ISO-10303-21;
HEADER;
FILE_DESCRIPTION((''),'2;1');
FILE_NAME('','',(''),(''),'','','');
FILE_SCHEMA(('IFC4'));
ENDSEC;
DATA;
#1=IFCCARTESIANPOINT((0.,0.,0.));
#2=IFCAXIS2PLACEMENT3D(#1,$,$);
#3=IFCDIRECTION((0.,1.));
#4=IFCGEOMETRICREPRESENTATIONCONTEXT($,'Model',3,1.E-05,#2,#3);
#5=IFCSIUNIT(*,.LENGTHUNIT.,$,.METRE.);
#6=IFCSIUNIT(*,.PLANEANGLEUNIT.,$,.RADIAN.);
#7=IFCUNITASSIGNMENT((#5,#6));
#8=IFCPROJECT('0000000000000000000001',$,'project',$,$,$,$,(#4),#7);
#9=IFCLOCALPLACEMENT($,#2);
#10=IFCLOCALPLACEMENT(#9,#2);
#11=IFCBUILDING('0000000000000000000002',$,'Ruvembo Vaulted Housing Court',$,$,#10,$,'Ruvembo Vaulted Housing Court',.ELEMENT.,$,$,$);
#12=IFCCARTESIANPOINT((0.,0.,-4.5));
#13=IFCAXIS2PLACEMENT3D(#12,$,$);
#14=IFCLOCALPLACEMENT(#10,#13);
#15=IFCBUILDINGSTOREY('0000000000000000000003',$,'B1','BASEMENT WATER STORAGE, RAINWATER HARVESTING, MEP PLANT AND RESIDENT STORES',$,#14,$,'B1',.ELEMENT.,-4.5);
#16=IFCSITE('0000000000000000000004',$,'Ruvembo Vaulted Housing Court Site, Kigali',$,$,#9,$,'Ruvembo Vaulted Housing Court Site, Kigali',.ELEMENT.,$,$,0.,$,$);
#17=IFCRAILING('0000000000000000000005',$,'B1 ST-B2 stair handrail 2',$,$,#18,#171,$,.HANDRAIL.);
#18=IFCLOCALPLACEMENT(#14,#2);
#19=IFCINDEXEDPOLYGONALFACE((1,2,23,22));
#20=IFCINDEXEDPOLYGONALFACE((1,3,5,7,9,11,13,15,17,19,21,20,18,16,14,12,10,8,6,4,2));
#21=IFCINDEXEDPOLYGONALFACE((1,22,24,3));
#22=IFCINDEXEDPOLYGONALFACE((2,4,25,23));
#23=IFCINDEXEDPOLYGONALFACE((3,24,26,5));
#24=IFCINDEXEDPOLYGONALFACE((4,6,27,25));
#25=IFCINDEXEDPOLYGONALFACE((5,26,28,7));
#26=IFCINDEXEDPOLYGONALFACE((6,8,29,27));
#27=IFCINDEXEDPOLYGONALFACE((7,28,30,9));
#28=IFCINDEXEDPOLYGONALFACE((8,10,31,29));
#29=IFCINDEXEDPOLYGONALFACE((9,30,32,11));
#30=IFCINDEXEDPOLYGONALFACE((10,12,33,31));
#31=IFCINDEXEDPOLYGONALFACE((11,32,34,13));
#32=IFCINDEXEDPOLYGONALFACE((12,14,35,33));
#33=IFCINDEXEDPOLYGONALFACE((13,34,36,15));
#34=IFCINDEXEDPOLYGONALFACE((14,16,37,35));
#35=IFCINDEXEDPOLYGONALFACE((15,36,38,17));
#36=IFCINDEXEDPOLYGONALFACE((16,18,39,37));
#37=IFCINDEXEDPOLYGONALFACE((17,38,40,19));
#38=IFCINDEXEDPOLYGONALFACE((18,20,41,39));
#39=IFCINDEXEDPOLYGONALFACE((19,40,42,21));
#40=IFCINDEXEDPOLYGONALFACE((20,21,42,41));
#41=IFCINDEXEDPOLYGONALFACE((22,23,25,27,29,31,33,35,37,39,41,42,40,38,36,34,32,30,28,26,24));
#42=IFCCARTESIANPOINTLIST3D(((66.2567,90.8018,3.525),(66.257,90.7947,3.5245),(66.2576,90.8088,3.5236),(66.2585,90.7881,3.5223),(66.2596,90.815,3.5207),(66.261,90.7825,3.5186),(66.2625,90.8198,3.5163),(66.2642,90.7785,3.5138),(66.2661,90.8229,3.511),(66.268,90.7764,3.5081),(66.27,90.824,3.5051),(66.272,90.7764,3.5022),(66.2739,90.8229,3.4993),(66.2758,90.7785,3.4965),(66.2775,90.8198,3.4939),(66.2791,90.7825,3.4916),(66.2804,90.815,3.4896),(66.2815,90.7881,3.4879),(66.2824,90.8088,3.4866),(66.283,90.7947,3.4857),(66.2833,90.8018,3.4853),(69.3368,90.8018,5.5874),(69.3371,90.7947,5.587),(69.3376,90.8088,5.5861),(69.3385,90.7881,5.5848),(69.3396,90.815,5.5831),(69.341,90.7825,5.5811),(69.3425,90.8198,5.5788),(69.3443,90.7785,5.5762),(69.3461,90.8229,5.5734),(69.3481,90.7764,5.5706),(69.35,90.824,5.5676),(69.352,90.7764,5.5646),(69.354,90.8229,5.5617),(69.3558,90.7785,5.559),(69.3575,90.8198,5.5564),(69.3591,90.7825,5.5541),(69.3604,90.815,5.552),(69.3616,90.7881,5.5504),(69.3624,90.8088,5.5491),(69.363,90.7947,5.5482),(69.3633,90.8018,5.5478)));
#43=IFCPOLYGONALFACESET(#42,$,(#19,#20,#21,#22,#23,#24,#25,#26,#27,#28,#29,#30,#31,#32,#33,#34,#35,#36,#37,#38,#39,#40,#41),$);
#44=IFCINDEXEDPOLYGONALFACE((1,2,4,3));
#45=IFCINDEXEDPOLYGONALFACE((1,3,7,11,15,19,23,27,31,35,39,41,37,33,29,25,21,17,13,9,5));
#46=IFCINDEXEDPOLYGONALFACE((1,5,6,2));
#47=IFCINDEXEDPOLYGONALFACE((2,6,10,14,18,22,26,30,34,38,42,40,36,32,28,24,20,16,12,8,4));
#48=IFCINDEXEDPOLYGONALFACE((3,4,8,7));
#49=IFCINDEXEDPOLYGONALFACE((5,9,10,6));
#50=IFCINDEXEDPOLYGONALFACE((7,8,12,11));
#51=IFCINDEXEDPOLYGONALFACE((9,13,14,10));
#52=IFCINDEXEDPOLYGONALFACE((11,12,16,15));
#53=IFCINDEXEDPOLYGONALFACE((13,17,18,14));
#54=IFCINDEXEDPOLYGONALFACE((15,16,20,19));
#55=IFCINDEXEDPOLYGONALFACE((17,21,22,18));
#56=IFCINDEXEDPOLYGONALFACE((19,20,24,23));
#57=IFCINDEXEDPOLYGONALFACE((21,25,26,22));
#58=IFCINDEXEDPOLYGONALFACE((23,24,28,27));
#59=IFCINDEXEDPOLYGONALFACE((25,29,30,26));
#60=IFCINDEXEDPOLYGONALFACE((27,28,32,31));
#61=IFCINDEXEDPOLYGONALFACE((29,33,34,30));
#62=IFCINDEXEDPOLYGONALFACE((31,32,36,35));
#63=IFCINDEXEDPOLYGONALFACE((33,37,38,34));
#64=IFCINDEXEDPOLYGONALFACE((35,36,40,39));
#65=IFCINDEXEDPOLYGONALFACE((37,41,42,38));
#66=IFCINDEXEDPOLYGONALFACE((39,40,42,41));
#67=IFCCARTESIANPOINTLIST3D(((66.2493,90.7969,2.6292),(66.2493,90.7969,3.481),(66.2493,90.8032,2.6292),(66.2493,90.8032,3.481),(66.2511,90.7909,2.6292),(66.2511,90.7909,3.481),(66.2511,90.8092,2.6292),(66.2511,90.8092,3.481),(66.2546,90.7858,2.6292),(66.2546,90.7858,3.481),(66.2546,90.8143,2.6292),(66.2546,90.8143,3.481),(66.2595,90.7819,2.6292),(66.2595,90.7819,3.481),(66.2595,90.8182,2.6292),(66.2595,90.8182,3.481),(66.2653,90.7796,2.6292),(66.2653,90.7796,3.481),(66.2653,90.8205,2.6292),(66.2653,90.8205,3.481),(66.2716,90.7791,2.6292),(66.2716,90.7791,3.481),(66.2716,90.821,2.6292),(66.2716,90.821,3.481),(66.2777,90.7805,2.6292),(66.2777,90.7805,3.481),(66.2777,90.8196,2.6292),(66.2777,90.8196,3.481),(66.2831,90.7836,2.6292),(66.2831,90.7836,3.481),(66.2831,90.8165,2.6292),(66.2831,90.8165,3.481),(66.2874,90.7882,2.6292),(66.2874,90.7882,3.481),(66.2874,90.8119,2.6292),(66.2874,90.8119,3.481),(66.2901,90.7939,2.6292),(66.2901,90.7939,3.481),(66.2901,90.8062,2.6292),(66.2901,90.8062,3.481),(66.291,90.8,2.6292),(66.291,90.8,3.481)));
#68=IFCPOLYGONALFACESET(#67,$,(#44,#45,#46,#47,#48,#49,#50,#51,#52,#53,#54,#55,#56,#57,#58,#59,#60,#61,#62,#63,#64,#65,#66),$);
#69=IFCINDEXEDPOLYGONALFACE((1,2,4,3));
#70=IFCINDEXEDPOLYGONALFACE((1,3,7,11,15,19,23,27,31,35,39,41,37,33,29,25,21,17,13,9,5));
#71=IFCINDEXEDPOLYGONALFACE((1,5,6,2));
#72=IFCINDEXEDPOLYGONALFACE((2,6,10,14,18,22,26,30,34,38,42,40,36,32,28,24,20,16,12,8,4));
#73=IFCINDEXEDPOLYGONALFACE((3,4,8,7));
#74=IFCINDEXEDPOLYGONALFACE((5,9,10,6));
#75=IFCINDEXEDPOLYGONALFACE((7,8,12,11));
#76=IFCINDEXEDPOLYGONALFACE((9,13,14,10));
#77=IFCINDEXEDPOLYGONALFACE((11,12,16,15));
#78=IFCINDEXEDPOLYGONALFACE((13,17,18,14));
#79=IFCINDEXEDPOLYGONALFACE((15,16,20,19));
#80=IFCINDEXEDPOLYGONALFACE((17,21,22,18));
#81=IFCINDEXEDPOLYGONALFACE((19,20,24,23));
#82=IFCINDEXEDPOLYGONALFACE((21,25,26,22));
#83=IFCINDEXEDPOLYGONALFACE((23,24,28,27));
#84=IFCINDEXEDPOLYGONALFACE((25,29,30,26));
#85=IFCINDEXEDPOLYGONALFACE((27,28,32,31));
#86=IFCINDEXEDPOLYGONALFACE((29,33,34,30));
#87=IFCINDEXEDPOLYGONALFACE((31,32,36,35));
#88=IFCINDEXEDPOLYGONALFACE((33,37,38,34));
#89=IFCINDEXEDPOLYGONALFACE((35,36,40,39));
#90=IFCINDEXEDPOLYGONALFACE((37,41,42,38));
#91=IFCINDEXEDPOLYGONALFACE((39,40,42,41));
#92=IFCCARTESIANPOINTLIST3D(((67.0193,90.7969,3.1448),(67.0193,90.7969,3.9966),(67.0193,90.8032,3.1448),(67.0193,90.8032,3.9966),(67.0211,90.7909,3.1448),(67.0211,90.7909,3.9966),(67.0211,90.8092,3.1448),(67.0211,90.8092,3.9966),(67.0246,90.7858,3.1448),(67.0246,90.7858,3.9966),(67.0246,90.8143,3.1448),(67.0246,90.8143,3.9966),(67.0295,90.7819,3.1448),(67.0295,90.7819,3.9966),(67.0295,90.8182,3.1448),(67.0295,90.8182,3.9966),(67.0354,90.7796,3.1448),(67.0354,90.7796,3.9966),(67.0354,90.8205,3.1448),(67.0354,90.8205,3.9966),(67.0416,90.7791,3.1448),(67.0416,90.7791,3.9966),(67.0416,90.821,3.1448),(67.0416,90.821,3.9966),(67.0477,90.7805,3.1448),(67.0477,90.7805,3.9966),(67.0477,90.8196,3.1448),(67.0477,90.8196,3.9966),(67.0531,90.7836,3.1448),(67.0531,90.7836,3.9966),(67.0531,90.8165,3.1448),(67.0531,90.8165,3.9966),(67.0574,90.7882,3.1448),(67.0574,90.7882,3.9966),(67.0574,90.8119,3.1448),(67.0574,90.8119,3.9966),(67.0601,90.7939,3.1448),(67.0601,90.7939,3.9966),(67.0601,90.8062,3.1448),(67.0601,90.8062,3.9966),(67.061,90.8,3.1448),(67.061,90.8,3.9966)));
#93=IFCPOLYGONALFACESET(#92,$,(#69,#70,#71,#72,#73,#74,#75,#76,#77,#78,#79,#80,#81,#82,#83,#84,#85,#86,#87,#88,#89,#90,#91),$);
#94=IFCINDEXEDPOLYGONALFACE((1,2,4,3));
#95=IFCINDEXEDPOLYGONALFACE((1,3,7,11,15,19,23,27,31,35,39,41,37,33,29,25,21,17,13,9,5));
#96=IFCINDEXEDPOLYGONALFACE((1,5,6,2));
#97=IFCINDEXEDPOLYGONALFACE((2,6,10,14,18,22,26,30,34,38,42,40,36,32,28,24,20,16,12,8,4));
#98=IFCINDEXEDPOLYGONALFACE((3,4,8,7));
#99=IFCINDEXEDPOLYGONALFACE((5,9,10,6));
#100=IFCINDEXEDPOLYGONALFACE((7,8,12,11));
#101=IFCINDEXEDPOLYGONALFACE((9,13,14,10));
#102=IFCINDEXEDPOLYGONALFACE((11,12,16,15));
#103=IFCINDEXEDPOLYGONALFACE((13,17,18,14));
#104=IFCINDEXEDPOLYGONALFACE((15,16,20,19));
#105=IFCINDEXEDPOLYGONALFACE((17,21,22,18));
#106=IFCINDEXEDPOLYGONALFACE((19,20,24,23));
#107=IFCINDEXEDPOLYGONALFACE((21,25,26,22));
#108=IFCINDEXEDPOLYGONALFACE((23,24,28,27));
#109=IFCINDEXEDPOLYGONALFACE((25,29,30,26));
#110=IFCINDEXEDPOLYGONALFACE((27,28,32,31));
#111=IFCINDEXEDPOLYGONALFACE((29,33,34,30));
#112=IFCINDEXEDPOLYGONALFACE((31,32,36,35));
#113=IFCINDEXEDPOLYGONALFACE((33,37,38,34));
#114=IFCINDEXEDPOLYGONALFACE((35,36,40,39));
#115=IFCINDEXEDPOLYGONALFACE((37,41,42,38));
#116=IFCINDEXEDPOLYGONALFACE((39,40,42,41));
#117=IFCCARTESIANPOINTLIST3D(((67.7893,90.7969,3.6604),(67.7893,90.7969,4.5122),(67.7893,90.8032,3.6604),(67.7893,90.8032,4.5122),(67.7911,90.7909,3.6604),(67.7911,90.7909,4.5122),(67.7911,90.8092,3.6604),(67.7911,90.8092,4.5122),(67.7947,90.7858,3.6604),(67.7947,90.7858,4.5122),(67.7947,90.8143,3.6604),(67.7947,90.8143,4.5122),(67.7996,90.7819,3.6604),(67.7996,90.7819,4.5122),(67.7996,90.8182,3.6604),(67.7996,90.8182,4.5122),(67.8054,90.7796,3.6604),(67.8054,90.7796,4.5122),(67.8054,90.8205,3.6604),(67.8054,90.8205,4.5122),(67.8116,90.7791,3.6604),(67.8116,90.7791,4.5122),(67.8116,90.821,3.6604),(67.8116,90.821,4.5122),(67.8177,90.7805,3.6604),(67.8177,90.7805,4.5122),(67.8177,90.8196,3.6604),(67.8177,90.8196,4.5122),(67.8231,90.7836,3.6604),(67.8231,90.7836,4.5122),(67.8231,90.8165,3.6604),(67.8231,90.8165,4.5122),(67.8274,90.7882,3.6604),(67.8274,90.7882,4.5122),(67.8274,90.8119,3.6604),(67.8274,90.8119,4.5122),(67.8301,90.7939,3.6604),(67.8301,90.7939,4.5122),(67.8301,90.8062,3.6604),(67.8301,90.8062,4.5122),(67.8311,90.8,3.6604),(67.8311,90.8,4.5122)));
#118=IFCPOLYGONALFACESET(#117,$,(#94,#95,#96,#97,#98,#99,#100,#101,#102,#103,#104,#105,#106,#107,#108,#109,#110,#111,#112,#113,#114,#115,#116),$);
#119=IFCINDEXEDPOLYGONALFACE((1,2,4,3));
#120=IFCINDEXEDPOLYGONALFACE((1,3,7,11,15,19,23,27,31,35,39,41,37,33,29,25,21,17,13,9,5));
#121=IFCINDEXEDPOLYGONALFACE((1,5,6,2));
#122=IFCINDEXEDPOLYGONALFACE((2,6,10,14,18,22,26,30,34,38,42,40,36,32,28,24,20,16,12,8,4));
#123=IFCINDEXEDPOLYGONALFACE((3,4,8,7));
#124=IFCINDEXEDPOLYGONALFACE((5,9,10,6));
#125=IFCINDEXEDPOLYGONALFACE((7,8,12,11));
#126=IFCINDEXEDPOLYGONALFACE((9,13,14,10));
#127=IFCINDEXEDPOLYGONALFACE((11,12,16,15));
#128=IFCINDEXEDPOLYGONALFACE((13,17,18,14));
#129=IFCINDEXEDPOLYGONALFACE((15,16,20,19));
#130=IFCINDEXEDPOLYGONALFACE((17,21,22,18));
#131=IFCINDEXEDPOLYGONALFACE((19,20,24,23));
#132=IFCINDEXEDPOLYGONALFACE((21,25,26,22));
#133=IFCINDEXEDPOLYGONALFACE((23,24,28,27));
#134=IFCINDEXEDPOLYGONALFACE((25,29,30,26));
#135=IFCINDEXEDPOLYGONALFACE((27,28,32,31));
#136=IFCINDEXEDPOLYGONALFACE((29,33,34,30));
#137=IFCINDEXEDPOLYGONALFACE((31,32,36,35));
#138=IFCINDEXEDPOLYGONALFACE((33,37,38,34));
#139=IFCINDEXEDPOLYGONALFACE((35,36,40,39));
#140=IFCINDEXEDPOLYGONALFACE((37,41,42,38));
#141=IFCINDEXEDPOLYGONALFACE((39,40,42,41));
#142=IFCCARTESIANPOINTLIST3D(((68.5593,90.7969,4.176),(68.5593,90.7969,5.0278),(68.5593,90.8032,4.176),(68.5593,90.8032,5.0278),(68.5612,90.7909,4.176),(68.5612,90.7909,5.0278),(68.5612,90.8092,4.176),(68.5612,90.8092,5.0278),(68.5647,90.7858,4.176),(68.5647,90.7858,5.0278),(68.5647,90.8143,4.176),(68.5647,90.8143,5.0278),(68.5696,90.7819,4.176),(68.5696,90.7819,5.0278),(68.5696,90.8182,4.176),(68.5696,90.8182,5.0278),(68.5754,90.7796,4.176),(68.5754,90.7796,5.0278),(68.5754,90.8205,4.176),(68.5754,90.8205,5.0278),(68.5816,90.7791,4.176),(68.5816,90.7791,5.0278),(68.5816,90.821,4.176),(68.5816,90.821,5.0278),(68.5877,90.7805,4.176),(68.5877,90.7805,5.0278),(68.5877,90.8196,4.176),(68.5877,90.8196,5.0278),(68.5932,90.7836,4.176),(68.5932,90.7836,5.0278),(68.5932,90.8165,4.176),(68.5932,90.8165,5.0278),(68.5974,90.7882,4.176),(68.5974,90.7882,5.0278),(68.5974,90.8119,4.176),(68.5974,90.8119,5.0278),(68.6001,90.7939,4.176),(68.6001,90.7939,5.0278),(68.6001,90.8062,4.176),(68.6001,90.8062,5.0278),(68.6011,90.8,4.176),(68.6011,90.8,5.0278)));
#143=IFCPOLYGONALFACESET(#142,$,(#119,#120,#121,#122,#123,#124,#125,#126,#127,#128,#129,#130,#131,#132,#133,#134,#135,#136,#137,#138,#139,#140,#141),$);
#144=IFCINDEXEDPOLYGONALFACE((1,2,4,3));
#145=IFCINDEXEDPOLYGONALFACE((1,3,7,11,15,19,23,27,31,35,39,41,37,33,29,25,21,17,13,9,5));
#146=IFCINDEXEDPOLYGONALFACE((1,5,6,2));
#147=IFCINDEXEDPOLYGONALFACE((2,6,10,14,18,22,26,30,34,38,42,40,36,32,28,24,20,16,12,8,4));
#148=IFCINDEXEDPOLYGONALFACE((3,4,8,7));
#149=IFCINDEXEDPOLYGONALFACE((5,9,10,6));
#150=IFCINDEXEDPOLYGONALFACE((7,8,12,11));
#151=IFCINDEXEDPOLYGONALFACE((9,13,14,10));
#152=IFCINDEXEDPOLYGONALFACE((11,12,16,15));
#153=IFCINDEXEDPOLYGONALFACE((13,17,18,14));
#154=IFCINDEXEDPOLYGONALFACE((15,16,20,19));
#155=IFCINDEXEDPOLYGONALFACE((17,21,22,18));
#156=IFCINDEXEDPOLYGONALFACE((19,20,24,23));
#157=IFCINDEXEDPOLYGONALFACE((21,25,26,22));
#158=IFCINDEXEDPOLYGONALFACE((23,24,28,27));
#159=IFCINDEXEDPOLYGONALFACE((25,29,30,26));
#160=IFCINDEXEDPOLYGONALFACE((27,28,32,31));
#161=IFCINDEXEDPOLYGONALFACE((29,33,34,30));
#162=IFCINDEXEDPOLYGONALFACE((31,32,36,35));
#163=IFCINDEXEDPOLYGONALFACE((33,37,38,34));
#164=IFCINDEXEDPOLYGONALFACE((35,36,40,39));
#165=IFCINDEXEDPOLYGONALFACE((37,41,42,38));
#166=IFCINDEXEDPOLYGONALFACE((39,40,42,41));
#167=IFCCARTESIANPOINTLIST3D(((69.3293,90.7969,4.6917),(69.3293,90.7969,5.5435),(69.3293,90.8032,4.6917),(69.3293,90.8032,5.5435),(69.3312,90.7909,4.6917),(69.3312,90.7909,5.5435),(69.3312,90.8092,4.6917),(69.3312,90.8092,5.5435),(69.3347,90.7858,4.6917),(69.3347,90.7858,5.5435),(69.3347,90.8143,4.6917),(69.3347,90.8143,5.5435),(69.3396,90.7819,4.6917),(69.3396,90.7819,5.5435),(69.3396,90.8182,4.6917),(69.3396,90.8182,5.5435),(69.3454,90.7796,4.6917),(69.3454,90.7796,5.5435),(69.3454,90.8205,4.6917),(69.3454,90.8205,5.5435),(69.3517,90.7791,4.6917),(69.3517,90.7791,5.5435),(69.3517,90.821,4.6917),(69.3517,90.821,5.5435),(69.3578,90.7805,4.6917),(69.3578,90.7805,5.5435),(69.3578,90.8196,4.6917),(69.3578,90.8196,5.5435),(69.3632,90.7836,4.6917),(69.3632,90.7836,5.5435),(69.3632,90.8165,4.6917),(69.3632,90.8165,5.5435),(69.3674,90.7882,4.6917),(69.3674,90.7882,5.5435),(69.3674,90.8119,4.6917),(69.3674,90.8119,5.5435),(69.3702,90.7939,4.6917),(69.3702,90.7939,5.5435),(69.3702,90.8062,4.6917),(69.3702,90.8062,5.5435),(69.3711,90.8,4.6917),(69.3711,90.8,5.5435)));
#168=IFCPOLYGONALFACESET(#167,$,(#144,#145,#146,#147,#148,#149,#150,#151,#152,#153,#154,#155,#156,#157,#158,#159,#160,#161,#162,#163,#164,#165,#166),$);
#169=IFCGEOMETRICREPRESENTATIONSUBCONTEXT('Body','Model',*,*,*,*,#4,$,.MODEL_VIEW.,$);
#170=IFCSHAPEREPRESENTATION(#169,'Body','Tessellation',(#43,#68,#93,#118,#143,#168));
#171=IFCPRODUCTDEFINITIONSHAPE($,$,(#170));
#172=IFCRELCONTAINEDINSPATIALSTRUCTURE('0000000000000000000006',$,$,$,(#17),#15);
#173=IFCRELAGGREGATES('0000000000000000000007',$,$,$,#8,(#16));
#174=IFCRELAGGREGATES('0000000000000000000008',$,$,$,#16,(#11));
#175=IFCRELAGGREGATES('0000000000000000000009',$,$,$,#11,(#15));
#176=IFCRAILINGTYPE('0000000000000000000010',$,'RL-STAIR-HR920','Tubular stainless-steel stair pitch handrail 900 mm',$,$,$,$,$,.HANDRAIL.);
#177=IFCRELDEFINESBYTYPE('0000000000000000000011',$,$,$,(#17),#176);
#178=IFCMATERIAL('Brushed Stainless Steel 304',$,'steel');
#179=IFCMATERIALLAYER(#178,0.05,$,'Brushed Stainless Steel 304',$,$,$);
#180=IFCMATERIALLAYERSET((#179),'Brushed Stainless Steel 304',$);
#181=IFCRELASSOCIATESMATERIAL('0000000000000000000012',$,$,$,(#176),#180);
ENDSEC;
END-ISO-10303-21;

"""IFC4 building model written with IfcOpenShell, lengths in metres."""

from ifc_helpers import new_model, si_unit, direction, frame, origin, origin_2d, place, context, subcontext, project, spatial, circle, extrude, material, layer, layer_set, type_object, element, save


model = new_model("IFC4")

# Units and contexts
model_context = context("Model", 3, precision=1e-05, world=origin(), true_north=direction((0.0, 1.0)))
body_context = subcontext(model_context, "Body", "Model", "MODEL_VIEW")
ifc_project = project(units=[si_unit("LENGTHUNIT", "METRE"), si_unit("PLANEANGLEUNIT", "RADIAN")], contexts=[model_context])

# Site, building, storey
site_placement = place(None, origin())
site = spatial("IfcSite", under=ifc_project, at=site_placement, Name="Ruvembo Vaulted Housing Court Site, Kigali", LongName="Ruvembo Vaulted Housing Court Site, Kigali", CompositionType="ELEMENT", RefElevation=0.0)
building_placement = place(site_placement, origin())
building = spatial("IfcBuilding", under=site, at=building_placement, Name="Ruvembo Vaulted Housing Court", LongName="Ruvembo Vaulted Housing Court", CompositionType="ELEMENT")
storey_placement = place(building_placement, frame((0.0, 0.0, -4.5)))
storey = spatial("IfcBuildingStorey", under=building, at=storey_placement, Name="B1", Description="BASEMENT WATER STORAGE, RAINWATER HARVESTING, MEP PLANT AND RESIDENT STORES", LongName="B1", CompositionType="ELEMENT", Elevation=-4.5)

# Shared definitions
ifc_material_1 = material(Name="Brushed Stainless Steel 304", Category="steel")

# Railing
ifc_layer_1 = layer(ifc_material_1, 0.05, Name="Brushed Stainless Steel 304")
ifc_layer_set_1 = layer_set([ifc_layer_1], Name="Brushed Stainless Steel 304")
railing_type_1 = type_object("IfcRailingType", Name="RL-STAIR-HR920", Description="Tubular stainless-steel stair pitch handrail 900 mm", PredefinedType="HANDRAIL", material=ifc_layer_set_1)
railing_1_placement = place(storey_placement, frame((66.27, 90.8, 2.6292)))
element("IfcRailing", 1, at=railing_1_placement, inside=storey, type_object=railing_type_1, Name="B1 ST-B2 stair handrail 2", PredefinedType="HANDRAIL", context=body_context, shape_type="SweptSolid", body=[
    extrude(circle(Radius=0.0239, at=origin_2d()), frame((0.0, 0.0, 0.876), z_axis=(0.830914, 0.0, 0.556401), x_axis=(0.0, 1.0, 0.0)), (0.0, 0.0, 1.0), 3.7068),
    extrude(circle(Radius=0.021, at=origin_2d()), origin(), (0.0, 0.0, 1.0), 0.8518),
    extrude(circle(Radius=0.021, at=origin_2d()), frame((0.77, 0.0, 0.5156)), (0.0, 0.0, 1.0), 0.8518),
    extrude(circle(Radius=0.021, at=origin_2d()), frame((1.54, 0.0, 1.0312)), (0.0, 0.0, 1.0), 0.8518),
    extrude(circle(Radius=0.021, at=origin_2d()), frame((2.3101, 0.0, 1.5469)), (0.0, 0.0, 1.0), 0.8518),
    extrude(circle(Radius=0.021, at=origin_2d()), frame((3.0801, 0.0, 2.0625)), (0.0, 0.0, 1.0), 0.8518),
])

save(model, "model.ifc")
